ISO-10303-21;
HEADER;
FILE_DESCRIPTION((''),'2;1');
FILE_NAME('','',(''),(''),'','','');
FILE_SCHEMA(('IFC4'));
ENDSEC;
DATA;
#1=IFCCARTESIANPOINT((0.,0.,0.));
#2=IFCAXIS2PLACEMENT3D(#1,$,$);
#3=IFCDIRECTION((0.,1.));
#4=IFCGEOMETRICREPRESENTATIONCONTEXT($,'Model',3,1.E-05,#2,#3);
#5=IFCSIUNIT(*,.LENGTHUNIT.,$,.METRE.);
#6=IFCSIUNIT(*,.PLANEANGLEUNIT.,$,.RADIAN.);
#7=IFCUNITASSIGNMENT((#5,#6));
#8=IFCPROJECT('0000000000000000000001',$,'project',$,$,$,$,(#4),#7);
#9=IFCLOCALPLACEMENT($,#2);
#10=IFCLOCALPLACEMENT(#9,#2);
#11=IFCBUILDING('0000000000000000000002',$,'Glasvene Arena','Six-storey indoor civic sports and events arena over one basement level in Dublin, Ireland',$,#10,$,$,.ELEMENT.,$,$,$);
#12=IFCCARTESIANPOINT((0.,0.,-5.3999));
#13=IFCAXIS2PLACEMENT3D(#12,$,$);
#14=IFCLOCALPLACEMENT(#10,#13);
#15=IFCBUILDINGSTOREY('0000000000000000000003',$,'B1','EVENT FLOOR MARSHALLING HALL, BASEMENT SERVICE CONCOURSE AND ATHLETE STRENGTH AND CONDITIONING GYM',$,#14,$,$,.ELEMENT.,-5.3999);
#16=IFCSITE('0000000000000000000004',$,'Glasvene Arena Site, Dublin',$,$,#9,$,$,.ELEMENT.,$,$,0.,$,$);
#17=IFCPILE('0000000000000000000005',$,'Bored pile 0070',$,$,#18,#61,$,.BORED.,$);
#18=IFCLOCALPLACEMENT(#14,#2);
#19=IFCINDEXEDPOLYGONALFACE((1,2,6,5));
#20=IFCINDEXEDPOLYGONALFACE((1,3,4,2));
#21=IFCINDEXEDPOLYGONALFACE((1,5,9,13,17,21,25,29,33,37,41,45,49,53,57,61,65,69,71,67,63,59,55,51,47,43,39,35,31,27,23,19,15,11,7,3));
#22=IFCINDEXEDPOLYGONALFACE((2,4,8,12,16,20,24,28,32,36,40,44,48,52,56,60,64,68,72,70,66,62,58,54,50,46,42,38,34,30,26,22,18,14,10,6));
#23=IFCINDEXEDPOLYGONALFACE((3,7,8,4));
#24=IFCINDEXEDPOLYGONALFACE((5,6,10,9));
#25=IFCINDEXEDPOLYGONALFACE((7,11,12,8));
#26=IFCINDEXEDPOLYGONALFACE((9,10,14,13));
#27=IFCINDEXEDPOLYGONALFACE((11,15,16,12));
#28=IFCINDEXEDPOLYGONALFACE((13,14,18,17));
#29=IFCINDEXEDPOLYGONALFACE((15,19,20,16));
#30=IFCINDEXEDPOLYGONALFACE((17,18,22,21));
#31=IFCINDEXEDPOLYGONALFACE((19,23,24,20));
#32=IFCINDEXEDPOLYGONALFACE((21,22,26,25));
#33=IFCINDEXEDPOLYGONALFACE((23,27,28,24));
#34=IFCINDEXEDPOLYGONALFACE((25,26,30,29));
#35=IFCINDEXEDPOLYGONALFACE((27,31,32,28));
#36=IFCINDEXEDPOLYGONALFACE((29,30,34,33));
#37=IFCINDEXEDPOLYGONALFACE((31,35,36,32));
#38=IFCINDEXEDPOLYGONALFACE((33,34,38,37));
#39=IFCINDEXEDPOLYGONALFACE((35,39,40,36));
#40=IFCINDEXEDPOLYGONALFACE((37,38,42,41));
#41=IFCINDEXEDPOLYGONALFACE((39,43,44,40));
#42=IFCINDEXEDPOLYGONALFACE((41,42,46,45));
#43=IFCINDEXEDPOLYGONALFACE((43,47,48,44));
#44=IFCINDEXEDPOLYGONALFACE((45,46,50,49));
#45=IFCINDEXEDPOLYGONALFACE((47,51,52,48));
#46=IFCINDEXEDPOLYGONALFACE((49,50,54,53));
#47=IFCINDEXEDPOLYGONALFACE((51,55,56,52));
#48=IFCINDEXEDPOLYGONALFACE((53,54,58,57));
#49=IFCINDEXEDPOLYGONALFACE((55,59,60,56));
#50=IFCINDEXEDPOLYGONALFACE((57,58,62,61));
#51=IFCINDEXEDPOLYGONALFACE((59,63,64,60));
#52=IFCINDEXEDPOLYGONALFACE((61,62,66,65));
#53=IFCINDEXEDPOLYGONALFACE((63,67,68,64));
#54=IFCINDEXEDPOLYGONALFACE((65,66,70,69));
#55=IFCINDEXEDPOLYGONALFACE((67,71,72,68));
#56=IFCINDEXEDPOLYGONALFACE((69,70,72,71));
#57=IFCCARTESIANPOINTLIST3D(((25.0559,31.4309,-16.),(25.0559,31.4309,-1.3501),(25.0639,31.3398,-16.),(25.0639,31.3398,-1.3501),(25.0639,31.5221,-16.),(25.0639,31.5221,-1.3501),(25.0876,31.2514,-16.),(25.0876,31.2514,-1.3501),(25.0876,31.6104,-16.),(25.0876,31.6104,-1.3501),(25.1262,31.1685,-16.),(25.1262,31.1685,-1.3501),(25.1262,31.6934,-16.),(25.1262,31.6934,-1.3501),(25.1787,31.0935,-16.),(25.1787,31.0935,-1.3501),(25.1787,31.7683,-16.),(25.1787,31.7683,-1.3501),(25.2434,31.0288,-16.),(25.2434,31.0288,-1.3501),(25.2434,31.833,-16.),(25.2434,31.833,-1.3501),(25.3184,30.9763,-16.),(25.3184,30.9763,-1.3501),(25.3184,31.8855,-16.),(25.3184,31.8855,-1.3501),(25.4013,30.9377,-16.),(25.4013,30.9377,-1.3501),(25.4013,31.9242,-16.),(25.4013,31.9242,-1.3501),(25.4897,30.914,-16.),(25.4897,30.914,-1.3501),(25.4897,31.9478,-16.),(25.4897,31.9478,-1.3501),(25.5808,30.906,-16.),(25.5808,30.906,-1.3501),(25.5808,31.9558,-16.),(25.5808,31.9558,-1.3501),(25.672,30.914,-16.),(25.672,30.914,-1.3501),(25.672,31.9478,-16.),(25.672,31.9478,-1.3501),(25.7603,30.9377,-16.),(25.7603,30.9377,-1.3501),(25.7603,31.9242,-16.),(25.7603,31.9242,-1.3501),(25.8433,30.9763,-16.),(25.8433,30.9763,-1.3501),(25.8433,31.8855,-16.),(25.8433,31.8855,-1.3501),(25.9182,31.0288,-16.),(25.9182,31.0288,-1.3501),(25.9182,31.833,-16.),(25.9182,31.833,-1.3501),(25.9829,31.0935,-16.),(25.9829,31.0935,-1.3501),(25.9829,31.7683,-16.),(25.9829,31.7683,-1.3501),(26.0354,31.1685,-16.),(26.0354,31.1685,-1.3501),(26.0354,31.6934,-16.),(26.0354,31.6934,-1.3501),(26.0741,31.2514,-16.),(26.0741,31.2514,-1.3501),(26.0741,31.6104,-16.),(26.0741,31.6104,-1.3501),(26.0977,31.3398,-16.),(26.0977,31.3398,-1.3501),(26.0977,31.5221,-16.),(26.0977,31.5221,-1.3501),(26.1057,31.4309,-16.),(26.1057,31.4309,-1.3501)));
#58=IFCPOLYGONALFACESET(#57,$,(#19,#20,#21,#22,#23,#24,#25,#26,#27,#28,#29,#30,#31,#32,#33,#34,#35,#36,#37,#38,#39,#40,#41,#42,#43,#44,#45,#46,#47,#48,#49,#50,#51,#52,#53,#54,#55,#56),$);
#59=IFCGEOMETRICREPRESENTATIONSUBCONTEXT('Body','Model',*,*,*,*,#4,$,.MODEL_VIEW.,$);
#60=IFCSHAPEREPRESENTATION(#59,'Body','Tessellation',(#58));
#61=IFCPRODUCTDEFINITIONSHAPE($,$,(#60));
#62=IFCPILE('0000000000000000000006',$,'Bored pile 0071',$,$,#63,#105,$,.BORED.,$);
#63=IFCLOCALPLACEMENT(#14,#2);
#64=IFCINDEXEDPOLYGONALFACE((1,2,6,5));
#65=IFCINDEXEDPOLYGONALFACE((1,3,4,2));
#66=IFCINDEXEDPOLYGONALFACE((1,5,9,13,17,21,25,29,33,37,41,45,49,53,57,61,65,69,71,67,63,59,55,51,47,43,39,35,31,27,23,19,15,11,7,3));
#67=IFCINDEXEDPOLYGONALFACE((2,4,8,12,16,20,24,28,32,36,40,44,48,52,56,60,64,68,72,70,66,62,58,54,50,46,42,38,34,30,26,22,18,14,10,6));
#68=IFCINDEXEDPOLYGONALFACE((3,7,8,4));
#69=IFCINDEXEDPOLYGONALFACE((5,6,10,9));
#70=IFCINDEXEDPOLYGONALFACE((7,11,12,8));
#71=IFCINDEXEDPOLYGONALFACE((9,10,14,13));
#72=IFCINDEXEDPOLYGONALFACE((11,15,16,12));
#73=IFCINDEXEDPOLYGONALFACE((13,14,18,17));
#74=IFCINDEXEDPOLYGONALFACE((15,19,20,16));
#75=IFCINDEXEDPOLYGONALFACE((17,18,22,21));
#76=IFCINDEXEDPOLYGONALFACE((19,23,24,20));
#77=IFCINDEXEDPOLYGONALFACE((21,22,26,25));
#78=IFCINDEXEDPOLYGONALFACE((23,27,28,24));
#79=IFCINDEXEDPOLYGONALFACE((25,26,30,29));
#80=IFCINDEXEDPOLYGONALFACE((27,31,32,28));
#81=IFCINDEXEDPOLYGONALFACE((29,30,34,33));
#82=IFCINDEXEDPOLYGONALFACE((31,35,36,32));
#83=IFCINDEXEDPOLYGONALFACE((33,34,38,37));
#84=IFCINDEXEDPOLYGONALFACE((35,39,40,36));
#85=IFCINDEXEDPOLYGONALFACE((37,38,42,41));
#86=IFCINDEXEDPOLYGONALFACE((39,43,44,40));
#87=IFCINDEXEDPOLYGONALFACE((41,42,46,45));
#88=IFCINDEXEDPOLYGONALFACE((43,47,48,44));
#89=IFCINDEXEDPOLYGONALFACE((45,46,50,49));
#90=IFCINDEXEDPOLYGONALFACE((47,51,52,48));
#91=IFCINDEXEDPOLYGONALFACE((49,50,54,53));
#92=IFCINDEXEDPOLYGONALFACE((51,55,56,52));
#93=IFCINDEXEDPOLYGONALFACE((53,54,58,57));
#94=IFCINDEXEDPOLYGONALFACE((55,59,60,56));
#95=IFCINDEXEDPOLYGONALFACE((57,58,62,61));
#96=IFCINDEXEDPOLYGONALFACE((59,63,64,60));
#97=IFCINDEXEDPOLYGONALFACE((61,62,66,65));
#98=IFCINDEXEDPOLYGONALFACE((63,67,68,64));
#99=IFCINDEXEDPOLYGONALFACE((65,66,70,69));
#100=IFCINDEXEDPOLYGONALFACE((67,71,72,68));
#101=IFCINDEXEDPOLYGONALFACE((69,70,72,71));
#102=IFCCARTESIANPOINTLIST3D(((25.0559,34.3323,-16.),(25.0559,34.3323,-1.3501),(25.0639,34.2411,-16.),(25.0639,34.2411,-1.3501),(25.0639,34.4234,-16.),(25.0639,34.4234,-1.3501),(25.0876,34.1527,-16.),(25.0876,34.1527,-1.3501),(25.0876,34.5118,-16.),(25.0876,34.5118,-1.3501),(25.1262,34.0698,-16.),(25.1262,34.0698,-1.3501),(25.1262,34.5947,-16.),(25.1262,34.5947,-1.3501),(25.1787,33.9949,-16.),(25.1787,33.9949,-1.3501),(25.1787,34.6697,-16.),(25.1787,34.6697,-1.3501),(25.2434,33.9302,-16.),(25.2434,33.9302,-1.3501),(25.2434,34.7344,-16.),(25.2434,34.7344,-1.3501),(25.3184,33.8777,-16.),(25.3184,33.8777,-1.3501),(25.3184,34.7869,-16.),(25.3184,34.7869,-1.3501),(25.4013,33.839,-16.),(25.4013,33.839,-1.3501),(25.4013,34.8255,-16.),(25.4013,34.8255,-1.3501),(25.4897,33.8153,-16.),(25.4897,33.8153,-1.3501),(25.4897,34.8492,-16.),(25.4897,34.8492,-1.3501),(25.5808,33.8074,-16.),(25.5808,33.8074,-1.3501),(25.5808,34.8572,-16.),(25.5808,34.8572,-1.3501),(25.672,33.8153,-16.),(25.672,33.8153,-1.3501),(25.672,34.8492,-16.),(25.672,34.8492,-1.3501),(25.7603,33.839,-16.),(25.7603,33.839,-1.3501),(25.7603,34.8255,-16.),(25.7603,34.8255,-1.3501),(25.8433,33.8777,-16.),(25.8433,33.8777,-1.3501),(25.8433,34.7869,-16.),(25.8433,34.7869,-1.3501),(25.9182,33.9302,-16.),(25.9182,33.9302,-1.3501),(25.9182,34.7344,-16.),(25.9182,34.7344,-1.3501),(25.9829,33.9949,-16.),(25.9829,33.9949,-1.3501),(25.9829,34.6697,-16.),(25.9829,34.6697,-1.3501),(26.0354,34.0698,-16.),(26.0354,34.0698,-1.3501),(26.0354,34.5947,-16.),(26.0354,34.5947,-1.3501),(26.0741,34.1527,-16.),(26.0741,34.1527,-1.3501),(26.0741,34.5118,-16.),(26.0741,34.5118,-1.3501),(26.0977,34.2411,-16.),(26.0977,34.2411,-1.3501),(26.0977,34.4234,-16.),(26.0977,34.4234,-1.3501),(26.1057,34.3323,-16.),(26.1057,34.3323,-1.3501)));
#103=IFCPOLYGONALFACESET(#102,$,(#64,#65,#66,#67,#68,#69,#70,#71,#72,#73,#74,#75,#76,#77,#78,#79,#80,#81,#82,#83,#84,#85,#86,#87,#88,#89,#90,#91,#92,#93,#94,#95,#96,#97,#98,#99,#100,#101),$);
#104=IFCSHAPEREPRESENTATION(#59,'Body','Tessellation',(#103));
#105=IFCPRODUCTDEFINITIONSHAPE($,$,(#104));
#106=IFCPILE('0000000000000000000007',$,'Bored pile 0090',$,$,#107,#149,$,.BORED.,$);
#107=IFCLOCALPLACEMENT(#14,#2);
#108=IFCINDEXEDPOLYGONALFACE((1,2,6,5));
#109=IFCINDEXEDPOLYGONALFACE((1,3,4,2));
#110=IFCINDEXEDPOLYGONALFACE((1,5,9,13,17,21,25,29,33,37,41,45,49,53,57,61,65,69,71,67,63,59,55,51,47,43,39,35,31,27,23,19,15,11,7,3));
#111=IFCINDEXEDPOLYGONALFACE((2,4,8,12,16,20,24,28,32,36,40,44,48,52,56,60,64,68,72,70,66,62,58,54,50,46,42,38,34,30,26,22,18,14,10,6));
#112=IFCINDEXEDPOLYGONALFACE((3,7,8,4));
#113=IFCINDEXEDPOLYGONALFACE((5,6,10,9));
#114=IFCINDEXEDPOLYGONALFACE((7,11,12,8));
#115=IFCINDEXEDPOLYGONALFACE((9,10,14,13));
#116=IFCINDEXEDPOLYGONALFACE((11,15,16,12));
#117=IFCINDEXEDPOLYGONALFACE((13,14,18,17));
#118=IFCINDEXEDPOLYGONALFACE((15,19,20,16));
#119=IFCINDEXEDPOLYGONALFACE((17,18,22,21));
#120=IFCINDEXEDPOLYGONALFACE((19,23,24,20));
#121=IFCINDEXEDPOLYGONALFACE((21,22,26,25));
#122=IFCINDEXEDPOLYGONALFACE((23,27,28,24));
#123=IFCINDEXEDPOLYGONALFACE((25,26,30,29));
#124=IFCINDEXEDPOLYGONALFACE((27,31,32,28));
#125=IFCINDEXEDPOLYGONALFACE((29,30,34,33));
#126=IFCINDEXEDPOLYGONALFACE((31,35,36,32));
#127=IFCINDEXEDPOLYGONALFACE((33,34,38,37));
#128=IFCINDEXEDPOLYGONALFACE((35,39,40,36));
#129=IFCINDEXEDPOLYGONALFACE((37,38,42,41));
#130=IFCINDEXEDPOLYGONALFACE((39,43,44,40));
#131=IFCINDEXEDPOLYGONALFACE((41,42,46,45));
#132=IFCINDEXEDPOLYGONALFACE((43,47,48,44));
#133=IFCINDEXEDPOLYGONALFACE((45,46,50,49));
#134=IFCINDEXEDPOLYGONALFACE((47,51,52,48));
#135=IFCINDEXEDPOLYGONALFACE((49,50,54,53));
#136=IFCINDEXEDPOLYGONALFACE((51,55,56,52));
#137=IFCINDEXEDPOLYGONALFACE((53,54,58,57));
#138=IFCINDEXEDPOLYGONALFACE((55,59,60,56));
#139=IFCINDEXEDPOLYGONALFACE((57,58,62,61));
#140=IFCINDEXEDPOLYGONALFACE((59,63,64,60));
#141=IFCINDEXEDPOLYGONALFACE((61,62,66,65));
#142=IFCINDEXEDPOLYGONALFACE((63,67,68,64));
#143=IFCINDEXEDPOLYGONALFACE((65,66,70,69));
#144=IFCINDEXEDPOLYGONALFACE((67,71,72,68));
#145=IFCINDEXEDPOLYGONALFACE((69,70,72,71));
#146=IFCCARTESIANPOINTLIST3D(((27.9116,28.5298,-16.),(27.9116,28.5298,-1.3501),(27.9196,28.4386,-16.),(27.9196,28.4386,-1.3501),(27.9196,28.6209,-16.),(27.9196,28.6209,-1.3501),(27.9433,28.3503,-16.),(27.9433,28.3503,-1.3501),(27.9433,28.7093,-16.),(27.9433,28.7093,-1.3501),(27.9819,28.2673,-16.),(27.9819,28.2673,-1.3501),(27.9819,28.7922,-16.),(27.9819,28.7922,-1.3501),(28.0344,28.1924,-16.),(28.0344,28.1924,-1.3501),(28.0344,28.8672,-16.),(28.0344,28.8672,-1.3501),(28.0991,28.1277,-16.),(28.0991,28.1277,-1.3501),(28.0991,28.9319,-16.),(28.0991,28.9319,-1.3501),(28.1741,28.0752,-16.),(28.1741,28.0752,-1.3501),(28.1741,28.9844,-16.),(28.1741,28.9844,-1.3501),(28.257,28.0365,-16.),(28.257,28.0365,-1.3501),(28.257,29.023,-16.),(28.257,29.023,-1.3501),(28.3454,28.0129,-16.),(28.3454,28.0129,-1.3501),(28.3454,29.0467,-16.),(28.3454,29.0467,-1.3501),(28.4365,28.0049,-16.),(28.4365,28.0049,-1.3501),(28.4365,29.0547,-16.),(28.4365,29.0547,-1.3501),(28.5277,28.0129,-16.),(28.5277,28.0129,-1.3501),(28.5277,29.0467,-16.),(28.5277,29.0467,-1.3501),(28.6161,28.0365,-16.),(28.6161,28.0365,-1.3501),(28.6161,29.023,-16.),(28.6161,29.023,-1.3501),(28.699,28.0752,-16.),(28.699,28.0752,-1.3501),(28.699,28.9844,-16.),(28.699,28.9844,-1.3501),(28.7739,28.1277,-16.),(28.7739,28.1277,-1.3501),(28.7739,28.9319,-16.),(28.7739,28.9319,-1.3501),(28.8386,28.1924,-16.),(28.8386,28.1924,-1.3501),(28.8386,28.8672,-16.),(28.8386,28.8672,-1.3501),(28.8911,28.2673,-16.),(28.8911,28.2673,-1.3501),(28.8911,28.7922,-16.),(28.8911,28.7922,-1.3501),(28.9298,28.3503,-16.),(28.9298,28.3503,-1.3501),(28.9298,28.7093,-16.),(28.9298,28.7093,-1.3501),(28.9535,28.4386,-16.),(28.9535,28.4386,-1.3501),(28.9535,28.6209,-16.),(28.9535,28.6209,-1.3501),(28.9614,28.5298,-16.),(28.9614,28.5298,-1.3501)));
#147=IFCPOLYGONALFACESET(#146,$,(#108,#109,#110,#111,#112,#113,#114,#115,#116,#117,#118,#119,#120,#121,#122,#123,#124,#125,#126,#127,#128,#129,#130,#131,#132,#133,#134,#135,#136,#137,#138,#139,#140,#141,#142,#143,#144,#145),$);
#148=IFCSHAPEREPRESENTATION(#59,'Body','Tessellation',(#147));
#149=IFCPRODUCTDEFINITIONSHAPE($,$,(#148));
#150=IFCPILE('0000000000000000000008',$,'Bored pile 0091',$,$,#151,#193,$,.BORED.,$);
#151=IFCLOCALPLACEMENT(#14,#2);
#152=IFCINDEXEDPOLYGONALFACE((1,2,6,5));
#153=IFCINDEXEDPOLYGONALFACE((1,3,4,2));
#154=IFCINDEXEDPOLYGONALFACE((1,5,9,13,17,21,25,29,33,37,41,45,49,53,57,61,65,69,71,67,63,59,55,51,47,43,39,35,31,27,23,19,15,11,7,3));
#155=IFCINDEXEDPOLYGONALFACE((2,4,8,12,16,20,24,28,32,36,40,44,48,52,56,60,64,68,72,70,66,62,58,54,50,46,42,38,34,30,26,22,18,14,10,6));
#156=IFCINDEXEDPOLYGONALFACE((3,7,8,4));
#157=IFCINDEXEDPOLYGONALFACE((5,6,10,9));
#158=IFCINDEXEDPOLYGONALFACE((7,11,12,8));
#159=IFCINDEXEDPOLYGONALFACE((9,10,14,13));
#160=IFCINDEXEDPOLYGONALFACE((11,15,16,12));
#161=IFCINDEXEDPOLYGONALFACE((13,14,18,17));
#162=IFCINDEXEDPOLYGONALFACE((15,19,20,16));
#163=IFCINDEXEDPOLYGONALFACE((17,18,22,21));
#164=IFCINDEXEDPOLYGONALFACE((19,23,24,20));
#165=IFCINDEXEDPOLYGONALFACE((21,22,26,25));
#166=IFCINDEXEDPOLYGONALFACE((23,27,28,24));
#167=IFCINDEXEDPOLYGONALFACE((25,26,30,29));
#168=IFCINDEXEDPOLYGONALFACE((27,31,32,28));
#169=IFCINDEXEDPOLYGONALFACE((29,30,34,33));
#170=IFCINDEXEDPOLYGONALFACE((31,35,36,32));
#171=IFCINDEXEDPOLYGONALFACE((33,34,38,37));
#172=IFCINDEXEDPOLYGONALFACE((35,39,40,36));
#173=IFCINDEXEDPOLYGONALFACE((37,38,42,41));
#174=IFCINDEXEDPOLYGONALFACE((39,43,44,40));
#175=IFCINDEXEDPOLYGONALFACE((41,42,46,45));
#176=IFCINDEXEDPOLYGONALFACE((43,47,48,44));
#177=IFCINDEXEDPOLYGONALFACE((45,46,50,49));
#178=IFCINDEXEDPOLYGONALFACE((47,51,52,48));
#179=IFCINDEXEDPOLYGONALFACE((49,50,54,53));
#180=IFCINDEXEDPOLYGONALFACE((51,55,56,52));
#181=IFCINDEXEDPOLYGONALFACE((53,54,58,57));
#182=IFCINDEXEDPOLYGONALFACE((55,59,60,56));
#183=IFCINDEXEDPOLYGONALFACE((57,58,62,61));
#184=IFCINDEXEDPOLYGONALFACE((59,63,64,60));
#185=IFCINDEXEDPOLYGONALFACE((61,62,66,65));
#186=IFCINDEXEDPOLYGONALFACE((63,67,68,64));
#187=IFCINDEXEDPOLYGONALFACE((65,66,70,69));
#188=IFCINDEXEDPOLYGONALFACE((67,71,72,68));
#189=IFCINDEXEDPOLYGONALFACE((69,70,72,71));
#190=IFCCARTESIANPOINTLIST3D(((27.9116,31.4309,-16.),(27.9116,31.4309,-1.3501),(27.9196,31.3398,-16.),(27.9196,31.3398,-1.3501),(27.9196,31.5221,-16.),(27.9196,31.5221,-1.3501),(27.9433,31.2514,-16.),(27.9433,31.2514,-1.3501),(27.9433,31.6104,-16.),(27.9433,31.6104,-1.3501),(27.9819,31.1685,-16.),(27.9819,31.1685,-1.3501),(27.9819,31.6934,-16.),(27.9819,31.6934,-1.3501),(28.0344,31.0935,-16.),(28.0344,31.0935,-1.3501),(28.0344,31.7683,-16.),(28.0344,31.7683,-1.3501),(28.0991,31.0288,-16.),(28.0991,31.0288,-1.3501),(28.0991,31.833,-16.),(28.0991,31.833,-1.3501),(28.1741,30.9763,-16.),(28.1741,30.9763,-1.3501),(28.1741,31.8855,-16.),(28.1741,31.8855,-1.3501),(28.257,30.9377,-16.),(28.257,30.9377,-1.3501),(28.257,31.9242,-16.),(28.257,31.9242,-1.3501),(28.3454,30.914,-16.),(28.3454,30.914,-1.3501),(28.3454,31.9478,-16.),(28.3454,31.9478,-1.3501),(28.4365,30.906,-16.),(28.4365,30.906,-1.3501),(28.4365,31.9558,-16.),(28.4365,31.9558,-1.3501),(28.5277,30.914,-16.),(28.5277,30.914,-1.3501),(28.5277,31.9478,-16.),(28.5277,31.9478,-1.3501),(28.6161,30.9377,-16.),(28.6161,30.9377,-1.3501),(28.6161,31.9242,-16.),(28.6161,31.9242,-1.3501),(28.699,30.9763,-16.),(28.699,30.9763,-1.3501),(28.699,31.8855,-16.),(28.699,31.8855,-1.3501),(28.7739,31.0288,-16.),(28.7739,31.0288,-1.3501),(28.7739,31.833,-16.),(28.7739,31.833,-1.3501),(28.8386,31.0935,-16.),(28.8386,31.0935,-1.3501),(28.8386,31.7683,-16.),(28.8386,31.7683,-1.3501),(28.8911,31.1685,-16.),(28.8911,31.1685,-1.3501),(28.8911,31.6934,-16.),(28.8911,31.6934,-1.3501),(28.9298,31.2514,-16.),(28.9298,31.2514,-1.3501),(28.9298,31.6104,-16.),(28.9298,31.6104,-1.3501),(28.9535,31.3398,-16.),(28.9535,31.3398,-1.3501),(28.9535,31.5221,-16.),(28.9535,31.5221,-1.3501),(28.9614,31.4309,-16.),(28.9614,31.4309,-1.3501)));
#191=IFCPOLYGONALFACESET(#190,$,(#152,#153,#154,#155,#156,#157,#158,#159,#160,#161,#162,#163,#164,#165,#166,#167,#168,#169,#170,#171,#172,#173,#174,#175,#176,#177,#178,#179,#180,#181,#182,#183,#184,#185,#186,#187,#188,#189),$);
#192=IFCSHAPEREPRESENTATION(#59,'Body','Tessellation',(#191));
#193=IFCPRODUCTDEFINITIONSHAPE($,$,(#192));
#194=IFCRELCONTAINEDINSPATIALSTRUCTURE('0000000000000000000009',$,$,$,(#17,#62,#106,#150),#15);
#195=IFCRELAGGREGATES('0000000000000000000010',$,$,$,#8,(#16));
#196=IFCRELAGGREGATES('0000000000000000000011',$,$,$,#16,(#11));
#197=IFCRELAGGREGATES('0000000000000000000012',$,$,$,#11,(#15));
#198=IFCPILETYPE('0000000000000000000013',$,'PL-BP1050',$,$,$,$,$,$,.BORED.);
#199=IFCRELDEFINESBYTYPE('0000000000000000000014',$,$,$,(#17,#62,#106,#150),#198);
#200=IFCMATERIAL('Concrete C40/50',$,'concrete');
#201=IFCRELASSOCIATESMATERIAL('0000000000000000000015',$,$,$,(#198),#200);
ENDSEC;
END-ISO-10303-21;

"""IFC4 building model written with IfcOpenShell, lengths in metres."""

from ifc_helpers import new_model, si_unit, direction, frame, origin, origin_2d, place, context, subcontext, project, spatial, circle, extrude, material, material_profile, profile_set, type_object, element, save


model = new_model("IFC4")

# Units and contexts
model_context = context("Model", 3, precision=1e-05, world=origin(), true_north=direction((0.0, 1.0)))
body_context = subcontext(model_context, "Body", "Model", "MODEL_VIEW")
ifc_project = project(units=[si_unit("LENGTHUNIT", "METRE"), si_unit("PLANEANGLEUNIT", "RADIAN")], contexts=[model_context])

# Site, building, storey
site_placement = place(None, origin())
site = spatial("IfcSite", under=ifc_project, at=site_placement, Name="Glasvene Arena Site, Dublin", CompositionType="ELEMENT", RefElevation=0.0)
building_placement = place(site_placement, origin())
building = spatial("IfcBuilding", under=site, at=building_placement, Name="Glasvene Arena", Description="Six-storey indoor civic sports and events arena over one basement level in Dublin, Ireland", CompositionType="ELEMENT")
storey_placement = place(building_placement, frame((0.0, 0.0, -5.3999)))
storey = spatial("IfcBuildingStorey", under=building, at=storey_placement, Name="B1", Description="EVENT FLOOR MARSHALLING HALL, BASEMENT SERVICE CONCOURSE AND ATHLETE STRENGTH AND CONDITIONING GYM", CompositionType="ELEMENT", Elevation=-5.3999)

# Piles
ifc_material_1 = material(Name="Concrete C40/50", Category="concrete")
ifc_material_profile_1 = material_profile(ifc_material_1, circle(Radius=0.5249, at=origin_2d()), Name="BORED PILE 1050")
ifc_profile_set_1 = profile_set([ifc_material_profile_1], Name="Concrete C40/50")
pile_type = type_object("IfcPileType", Name="PL-BP1050", PredefinedType="BORED", material=ifc_profile_set_1)
for number, where, z_axis, x_axis, name in (
    (1, (25.5808, 31.4309, -1.3501), (0.0, 0.0, -1.0), (1.0, 0.0, 0.0), "Bored pile 0070"),
    (2, (25.5808, 34.3323, -1.3501), (0.0, 0.0, -1.0), (1.0, 0.0, 0.0), "Bored pile 0071"),
    (3, (28.4365, 28.5298, -1.3501), (0.0, 0.0, -1.0), (1.0, 0.0, 0.0), "Bored pile 0090"),
    (4, (28.4365, 31.4309, -1.3501), (0.0, 0.0, -1.0), (1.0, 0.0, 0.0), "Bored pile 0091"),
):
    element("IfcPile", number, at=place(storey_placement, frame(where, z_axis=z_axis, x_axis=x_axis)), inside=storey, type_object=pile_type, Name=name, PredefinedType="BORED", context=body_context, shape_type="SweptSolid", body=[
        extrude(circle(Radius=0.5249, at=origin_2d()), origin(), (0.0, 0.0, 1.0), 14.6499),
    ])

save(model, "model.ifc")
